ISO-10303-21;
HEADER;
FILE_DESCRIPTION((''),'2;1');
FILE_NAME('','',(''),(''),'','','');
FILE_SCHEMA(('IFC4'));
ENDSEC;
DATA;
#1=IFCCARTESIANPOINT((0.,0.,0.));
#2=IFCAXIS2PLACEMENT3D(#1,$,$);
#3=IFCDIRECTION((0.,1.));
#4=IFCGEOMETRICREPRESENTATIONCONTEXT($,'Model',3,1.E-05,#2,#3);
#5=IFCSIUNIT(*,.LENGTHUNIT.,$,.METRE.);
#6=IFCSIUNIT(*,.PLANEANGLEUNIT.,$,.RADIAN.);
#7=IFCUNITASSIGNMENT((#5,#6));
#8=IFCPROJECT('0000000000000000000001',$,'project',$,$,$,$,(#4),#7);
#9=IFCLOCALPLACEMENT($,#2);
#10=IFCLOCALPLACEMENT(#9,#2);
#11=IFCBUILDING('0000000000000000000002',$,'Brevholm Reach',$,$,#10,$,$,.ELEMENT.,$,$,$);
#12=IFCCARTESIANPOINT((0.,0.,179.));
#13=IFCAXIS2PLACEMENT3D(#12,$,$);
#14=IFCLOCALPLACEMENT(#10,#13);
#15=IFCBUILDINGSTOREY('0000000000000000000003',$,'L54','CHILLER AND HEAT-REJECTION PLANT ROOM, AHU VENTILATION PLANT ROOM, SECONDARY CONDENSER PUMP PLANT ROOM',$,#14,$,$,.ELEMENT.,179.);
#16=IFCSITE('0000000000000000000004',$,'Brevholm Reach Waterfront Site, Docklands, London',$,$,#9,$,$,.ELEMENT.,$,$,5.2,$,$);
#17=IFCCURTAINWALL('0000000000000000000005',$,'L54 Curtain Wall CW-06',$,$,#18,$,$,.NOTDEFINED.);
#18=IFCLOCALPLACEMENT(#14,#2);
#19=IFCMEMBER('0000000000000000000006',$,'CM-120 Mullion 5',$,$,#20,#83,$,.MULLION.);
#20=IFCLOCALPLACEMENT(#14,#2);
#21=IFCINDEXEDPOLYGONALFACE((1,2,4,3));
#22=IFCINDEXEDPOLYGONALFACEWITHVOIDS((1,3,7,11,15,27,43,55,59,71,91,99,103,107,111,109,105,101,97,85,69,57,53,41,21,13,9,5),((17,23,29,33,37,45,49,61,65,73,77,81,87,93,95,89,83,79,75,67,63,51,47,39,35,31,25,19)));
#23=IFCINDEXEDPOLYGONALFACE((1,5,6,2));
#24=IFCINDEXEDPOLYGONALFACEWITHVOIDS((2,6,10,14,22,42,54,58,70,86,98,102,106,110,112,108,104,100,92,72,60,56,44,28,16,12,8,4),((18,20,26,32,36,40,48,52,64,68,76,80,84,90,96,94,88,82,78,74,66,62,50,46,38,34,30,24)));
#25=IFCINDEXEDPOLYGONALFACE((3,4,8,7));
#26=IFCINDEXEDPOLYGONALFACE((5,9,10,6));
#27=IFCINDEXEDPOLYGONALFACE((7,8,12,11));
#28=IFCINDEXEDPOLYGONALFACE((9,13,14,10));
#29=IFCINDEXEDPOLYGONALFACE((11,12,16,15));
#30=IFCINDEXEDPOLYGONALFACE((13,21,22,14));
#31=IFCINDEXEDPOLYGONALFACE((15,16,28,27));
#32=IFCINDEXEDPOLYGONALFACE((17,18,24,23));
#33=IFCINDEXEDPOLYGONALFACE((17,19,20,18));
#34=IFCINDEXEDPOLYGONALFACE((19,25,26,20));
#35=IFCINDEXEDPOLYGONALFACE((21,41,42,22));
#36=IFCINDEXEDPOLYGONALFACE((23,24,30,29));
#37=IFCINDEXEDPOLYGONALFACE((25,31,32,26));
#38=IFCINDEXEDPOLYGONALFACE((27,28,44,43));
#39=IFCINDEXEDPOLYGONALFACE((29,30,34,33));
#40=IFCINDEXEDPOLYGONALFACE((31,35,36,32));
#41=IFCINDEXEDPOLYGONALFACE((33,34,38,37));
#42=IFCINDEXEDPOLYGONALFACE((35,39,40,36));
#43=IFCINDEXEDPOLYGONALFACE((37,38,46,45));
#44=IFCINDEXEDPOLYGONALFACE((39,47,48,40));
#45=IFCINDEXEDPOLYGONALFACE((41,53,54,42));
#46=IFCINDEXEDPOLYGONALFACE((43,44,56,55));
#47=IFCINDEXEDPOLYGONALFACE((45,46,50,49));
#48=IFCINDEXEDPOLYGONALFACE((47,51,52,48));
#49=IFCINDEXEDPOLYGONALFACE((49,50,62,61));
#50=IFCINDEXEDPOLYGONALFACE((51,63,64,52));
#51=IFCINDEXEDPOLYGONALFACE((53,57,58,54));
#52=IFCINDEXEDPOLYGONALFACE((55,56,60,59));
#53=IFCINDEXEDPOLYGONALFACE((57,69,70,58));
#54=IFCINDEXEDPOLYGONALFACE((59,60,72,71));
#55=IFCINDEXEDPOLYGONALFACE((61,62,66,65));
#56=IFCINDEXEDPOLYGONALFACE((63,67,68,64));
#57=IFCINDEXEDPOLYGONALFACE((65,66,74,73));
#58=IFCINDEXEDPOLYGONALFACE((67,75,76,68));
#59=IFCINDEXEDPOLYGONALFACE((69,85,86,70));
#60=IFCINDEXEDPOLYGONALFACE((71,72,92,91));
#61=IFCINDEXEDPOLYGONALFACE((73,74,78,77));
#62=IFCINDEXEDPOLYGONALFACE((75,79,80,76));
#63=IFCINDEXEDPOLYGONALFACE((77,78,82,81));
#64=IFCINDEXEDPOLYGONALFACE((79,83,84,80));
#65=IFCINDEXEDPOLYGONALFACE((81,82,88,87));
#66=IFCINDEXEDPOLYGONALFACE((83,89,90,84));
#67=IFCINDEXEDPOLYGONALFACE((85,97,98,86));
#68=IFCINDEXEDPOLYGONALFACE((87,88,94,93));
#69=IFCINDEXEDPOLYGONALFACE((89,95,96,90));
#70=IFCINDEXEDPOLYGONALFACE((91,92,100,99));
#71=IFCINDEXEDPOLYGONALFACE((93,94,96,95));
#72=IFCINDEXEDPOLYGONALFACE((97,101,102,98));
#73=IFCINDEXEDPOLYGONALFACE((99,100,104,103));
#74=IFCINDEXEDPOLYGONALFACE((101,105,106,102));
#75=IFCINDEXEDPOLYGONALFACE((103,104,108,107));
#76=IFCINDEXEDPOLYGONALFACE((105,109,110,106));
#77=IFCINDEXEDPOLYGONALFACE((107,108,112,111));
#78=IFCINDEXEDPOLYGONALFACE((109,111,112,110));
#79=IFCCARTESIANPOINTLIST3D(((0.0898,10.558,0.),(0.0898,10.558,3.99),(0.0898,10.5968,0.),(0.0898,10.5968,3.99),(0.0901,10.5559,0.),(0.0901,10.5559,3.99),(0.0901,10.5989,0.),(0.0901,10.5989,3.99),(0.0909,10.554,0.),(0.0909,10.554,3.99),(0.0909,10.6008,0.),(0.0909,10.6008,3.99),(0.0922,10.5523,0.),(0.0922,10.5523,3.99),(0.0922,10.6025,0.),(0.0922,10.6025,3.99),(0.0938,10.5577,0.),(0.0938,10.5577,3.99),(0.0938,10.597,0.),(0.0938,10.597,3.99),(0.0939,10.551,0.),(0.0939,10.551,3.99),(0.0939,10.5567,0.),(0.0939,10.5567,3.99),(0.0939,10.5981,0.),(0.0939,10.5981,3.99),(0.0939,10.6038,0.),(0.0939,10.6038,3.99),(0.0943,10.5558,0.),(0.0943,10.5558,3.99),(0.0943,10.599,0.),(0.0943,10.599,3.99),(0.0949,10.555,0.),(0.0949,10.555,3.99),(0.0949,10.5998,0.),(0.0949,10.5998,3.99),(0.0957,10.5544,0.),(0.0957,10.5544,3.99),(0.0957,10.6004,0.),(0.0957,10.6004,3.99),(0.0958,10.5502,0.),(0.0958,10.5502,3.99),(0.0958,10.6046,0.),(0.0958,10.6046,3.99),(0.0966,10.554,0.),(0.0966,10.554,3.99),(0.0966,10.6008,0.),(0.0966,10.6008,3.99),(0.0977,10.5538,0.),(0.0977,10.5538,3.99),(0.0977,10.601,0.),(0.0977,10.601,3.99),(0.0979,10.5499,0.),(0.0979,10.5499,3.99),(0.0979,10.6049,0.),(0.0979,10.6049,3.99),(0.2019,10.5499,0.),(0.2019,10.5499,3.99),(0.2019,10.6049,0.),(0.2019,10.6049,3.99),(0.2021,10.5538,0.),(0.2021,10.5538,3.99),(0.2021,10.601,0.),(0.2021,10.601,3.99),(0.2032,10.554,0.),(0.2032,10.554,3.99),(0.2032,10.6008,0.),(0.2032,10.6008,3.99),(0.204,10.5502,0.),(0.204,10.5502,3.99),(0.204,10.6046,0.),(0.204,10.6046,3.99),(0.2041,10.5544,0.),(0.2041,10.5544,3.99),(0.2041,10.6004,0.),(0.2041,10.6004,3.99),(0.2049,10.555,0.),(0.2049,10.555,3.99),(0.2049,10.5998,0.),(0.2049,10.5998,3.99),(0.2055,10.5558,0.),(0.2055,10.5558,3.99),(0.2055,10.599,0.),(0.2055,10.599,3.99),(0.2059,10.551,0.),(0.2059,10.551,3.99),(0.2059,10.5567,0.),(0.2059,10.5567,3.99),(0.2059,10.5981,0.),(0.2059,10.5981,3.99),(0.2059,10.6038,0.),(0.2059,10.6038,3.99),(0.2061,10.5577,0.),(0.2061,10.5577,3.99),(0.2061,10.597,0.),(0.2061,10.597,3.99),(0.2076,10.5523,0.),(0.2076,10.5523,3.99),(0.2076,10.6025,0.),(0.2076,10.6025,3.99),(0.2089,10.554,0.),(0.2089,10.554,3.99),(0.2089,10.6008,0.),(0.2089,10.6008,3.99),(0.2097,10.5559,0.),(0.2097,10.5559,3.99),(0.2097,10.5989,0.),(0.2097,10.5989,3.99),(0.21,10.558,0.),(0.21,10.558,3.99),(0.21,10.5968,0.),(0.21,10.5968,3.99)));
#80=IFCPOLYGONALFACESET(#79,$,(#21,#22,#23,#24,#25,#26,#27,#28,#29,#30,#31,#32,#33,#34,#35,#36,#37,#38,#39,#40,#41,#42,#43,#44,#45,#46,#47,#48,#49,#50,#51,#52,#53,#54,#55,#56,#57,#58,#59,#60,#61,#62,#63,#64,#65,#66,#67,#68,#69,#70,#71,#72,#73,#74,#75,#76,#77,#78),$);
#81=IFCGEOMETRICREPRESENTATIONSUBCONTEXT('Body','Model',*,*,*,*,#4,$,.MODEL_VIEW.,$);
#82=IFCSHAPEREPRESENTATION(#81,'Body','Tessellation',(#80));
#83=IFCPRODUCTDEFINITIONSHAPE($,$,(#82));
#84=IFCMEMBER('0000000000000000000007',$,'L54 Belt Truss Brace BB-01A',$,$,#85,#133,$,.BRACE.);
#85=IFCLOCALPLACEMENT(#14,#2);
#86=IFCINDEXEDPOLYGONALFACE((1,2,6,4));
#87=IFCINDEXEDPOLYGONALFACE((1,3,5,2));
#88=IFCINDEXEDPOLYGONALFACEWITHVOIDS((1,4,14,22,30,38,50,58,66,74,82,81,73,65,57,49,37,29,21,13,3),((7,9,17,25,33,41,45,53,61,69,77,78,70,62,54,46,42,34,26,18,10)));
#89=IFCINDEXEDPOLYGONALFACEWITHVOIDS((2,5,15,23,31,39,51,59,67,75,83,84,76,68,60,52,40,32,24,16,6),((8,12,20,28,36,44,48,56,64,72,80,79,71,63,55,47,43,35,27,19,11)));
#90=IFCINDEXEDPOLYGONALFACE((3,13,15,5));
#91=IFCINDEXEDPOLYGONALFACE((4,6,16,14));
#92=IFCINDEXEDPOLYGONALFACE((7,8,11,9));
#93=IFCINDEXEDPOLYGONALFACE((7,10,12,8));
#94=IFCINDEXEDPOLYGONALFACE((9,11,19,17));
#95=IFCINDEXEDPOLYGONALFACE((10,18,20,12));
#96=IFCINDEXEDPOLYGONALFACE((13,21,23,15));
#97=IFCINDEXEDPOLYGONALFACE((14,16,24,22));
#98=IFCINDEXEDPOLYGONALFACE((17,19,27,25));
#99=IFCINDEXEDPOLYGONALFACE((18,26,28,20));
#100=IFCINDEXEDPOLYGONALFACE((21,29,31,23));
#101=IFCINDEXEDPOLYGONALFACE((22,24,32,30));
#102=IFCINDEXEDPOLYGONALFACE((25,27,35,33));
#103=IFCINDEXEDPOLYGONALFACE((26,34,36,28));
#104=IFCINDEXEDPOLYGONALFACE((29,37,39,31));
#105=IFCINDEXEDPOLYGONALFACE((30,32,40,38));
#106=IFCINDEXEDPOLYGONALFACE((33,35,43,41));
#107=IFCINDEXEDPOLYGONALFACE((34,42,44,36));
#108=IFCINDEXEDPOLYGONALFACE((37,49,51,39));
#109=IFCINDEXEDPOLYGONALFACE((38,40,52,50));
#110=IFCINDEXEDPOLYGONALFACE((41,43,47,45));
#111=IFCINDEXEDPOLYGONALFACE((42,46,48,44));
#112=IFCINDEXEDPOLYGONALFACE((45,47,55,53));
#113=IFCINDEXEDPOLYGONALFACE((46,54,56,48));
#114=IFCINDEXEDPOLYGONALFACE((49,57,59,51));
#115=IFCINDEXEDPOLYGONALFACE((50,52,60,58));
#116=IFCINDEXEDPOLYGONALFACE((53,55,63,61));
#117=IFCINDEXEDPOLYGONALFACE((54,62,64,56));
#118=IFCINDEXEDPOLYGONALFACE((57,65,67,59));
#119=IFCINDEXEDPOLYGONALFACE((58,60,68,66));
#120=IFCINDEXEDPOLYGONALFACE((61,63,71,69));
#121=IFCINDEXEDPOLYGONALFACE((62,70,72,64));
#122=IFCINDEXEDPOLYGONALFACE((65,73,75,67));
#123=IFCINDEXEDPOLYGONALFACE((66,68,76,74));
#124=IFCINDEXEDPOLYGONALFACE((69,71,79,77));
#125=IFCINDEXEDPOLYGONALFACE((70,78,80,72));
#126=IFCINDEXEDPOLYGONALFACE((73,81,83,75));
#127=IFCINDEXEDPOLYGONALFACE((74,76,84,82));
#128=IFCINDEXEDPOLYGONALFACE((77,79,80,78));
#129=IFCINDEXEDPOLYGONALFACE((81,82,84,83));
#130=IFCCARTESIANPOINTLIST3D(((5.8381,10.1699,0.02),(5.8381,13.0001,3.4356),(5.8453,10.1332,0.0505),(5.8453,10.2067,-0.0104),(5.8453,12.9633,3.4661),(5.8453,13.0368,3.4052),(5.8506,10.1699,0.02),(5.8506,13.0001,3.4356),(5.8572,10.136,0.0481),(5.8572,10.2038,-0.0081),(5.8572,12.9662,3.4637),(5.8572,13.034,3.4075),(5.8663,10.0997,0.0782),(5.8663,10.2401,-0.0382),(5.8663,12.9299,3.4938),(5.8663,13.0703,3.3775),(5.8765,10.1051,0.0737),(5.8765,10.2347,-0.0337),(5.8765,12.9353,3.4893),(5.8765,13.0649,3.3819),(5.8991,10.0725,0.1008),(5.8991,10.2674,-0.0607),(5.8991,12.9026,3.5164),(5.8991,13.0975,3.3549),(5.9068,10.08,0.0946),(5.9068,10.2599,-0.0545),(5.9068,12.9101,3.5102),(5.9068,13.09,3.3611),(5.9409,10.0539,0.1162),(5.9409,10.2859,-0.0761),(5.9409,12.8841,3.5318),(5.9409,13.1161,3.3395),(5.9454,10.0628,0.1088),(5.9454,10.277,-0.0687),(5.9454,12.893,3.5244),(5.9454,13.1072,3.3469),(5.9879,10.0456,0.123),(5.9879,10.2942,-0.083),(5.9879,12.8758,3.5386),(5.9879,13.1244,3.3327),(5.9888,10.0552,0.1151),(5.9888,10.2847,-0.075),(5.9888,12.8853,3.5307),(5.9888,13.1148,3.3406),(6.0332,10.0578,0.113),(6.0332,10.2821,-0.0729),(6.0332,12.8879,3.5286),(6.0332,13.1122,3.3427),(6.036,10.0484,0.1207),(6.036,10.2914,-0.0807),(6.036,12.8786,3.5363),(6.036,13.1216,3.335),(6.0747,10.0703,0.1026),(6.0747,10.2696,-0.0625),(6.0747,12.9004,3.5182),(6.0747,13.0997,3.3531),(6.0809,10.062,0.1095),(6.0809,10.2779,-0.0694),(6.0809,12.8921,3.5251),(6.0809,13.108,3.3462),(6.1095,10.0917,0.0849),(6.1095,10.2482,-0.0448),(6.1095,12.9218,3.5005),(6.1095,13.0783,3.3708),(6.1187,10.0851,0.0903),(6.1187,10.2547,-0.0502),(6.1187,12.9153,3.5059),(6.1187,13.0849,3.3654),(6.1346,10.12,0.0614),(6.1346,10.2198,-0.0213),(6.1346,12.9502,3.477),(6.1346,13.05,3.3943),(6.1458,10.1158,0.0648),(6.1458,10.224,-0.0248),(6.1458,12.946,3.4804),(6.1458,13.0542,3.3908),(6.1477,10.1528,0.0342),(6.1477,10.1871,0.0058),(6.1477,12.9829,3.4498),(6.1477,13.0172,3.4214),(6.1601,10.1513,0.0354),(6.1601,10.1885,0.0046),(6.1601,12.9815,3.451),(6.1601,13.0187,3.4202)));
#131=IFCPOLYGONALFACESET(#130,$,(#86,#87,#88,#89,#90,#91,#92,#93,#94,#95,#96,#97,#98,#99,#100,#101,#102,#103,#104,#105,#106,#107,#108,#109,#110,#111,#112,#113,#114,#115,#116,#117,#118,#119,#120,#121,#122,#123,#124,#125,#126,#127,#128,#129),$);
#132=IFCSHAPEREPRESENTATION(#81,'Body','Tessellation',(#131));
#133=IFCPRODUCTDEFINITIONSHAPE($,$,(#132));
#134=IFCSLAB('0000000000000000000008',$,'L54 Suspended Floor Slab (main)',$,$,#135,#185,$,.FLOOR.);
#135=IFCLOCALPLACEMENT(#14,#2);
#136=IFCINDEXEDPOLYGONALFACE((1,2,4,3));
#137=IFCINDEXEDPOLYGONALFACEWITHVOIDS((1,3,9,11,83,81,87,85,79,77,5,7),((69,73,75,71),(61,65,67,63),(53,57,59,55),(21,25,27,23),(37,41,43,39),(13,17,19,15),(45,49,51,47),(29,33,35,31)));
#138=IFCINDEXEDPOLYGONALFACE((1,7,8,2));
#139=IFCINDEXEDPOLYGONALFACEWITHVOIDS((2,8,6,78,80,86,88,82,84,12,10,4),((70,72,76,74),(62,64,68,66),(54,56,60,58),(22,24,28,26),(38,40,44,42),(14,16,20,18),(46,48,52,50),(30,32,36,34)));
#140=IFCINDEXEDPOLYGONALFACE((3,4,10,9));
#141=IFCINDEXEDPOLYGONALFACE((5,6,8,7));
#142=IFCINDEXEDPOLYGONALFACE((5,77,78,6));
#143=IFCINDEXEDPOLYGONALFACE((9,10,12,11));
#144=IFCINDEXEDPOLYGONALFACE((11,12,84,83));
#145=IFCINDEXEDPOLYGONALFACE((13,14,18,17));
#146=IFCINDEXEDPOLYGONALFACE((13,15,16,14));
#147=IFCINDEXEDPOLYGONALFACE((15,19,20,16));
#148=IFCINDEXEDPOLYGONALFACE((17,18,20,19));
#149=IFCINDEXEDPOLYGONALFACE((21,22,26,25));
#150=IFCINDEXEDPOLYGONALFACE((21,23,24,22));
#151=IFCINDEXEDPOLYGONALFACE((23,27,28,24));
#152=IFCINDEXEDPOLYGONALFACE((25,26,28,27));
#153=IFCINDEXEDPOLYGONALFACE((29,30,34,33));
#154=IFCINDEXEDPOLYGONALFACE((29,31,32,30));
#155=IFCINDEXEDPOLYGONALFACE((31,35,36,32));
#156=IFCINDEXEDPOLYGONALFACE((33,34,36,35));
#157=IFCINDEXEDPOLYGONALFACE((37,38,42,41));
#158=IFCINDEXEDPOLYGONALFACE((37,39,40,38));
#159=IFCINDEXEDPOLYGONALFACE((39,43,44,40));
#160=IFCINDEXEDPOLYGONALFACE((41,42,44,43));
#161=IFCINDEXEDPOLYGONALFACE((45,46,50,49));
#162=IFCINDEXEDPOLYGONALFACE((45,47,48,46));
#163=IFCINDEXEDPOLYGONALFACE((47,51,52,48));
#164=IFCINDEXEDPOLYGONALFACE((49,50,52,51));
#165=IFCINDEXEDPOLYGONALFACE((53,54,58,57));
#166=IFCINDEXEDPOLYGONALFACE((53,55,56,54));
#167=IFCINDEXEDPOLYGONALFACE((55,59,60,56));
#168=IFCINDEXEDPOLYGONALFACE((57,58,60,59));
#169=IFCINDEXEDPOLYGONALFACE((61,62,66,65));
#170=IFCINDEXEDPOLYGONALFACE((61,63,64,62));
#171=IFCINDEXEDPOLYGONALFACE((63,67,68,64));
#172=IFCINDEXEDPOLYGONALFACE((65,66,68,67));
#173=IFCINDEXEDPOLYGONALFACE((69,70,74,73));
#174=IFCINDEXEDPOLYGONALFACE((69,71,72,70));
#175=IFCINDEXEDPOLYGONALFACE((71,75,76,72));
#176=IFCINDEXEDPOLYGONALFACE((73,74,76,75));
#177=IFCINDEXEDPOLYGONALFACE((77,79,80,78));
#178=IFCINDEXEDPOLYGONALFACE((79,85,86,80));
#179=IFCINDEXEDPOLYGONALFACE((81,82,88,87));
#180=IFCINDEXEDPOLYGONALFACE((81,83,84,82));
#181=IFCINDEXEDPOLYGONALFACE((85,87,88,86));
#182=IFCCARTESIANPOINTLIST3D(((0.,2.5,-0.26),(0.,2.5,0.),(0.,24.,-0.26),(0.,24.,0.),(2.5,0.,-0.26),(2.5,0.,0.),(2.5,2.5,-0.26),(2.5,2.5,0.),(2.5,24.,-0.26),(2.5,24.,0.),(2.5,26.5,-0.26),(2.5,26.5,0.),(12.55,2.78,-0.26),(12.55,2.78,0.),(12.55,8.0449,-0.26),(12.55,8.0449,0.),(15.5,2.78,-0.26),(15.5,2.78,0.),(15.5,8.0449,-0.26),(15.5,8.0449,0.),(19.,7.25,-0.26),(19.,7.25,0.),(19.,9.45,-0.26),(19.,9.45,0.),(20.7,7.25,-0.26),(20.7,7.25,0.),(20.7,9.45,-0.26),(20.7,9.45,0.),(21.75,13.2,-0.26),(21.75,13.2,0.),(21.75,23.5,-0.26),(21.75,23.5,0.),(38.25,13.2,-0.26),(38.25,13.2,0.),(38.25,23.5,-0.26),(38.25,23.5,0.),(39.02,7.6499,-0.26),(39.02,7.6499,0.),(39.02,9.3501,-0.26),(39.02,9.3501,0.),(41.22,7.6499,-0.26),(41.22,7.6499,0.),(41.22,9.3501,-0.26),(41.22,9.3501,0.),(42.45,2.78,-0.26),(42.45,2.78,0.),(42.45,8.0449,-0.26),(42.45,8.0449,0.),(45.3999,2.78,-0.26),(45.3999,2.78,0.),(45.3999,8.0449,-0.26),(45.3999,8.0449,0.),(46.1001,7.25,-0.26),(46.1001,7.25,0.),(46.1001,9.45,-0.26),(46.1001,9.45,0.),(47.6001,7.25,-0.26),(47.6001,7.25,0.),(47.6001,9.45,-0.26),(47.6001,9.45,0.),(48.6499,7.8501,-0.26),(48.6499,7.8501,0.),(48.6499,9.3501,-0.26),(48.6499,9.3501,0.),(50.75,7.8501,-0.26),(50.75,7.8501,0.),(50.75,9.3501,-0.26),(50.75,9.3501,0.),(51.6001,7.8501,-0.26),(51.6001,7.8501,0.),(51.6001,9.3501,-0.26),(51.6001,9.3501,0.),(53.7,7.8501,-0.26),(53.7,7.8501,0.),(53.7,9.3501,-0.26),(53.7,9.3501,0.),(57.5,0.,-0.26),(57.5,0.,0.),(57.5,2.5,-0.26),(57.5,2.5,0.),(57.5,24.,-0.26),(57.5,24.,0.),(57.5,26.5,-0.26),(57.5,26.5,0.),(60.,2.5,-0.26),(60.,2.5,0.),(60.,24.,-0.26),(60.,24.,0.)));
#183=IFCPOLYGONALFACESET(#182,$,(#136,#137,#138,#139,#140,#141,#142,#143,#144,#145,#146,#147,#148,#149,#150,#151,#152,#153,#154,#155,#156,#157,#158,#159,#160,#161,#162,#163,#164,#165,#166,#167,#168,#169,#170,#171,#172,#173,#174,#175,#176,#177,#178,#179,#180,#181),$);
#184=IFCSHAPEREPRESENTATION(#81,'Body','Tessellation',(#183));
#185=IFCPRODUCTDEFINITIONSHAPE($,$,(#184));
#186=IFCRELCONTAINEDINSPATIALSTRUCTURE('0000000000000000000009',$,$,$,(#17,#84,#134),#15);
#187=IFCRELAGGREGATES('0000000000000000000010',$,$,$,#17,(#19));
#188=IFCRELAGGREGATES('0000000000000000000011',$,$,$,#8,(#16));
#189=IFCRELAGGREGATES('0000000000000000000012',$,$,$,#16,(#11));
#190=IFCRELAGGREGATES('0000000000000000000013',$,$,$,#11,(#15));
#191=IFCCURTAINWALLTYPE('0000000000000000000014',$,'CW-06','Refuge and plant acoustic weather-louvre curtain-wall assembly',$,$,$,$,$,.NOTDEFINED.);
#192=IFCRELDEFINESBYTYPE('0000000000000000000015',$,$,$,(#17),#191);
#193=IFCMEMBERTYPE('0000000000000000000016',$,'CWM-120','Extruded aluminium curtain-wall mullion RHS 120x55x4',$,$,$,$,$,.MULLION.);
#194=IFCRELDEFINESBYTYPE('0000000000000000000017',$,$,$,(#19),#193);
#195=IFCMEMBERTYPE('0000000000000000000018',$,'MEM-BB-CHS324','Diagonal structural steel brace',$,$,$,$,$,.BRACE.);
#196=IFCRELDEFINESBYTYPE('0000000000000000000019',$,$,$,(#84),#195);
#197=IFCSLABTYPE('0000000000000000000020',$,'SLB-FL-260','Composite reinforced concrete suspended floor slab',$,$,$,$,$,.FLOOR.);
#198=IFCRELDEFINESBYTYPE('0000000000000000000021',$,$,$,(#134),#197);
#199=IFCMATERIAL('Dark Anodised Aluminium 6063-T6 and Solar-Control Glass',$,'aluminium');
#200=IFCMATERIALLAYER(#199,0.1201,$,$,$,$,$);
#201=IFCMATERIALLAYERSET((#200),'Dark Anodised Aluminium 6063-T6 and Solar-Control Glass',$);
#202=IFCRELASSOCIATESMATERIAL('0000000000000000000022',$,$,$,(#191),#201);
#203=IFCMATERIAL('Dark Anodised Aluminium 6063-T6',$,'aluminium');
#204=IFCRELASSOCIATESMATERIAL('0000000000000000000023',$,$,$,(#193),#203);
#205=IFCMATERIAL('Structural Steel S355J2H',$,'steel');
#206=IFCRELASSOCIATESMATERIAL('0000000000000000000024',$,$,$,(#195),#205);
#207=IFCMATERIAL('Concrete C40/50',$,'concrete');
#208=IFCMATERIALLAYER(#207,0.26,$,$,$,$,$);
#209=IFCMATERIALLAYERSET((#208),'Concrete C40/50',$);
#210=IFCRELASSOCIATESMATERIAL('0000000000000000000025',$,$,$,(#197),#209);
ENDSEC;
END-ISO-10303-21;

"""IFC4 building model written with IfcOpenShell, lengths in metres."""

from ifc_helpers import new_model, si_unit, direction, frame, origin, origin_2d, place, context, subcontext, project, spatial, polyline, hollow_rectangle, hollow_circle, outline, extrude, material, layer, layer_set, material_profile, profile_set, type_object, element, aggregate, save


model = new_model("IFC4")

# Units and contexts
model_context = context("Model", 3, precision=1e-05, world=origin(), true_north=direction((0.0, 1.0)))
body_context = subcontext(model_context, "Body", "Model", "MODEL_VIEW")
ifc_project = project(units=[si_unit("LENGTHUNIT", "METRE"), si_unit("PLANEANGLEUNIT", "RADIAN")], contexts=[model_context])

# Site, building, storey
site_placement = place(None, origin())
site = spatial("IfcSite", under=ifc_project, at=site_placement, Name="Brevholm Reach Waterfront Site, Docklands, London", CompositionType="ELEMENT", RefElevation=5.2)
building_placement = place(site_placement, origin())
building = spatial("IfcBuilding", under=site, at=building_placement, Name="Brevholm Reach", CompositionType="ELEMENT")
storey_placement = place(building_placement, frame((0.0, 0.0, 179.0)))
storey = spatial("IfcBuildingStorey", under=building, at=storey_placement, Name="L54", Description="CHILLER AND HEAT-REJECTION PLANT ROOM, AHU VENTILATION PLANT ROOM, SECONDARY CONDENSER PUMP PLANT ROOM", CompositionType="ELEMENT", Elevation=179.0)

# Curtain wall, member
ifc_material_1 = material(Name="Dark Anodised Aluminium 6063-T6 and Solar-Control Glass", Category="aluminium")
ifc_layer_1 = layer(ifc_material_1, 0.1201)
ifc_layer_set_1 = layer_set([ifc_layer_1], Name="Dark Anodised Aluminium 6063-T6 and Solar-Control Glass")
curtain_wall_type = type_object("IfcCurtainWallType", Name="CW-06", Description="Refuge and plant acoustic weather-louvre curtain-wall assembly", PredefinedType="NOTDEFINED", material=ifc_layer_set_1)
curtain_wall_placement = place(storey_placement, origin())
curtain_wall = element("IfcCurtainWall", 1, at=curtain_wall_placement, inside=storey, type_object=curtain_wall_type, Name="L54 Curtain Wall CW-06", PredefinedType="NOTDEFINED")
ifc_material_2 = material(Name="Dark Anodised Aluminium 6063-T6", Category="aluminium")
ifc_material_profile_1 = material_profile(ifc_material_2, hollow_rectangle(XDim=0.0549, YDim=0.1201, WallThickness=0.0039, InnerFilletRadius=0.0039, OuterFilletRadius=0.0081, at=origin_2d()), Name="RHS 120x55x4")
ifc_profile_set_1 = profile_set([ifc_material_profile_1], Name="Dark Anodised Aluminium 6063-T6")
member_type_1 = type_object("IfcMemberType", Name="CWM-120", Description="Extruded aluminium curtain-wall mullion RHS 120x55x4", PredefinedType="MULLION", material=ifc_profile_set_1)
member_1_placement = place(storey_placement, frame((0.1499, 10.5774, 0.0), z_axis=(0.0, 0.0, 1.0), x_axis=(0.0, -1.0, 0.0)))
member_1 = element("IfcMember", 2, at=member_1_placement, type_object=member_type_1, Name="CM-120 Mullion 5", PredefinedType="MULLION", context=body_context, shape_type="SweptSolid", body=[
    extrude(hollow_rectangle(XDim=0.0549, YDim=0.1201, WallThickness=0.0039, InnerFilletRadius=0.0039, OuterFilletRadius=0.0081, at=origin_2d()), origin(), (0.0, 0.0, 1.0), 3.99),
])
aggregate(curtain_wall, [member_1])

# Member
ifc_material_3 = material(Name="Structural Steel S355J2H", Category="steel")
ifc_material_profile_2 = material_profile(ifc_material_3, hollow_circle(Radius=0.1619, WallThickness=0.0125, at=origin_2d()), Name="CHS 323.9x12.5")
ifc_profile_set_2 = profile_set([ifc_material_profile_2], Name="Structural Steel S355J2H")
member_type_2 = type_object("IfcMemberType", Name="MEM-BB-CHS324", Description="Diagonal structural steel brace", PredefinedType="BRACE", material=ifc_profile_set_2)
member_2_placement = place(storey_placement, frame((6.0, 10.1699, 0.02), z_axis=(0.0, 0.638027, 0.770014), x_axis=(-1.0, 0.0, 0.0)))
element("IfcMember", 3, at=member_2_placement, inside=storey, type_object=member_type_2, Name="L54 Belt Truss Brace BB-01A", PredefinedType="BRACE", context=body_context, shape_type="SweptSolid", body=[
    extrude(hollow_circle(Radius=0.1619, WallThickness=0.0125, at=origin_2d()), origin(), (0.0, 0.0, 1.0), 4.4358),
])

# Slab
ifc_material_4 = material(Name="Concrete C40/50", Category="concrete")
ifc_layer_2 = layer(ifc_material_4, 0.26)
ifc_layer_set_2 = layer_set([ifc_layer_2], Name="Concrete C40/50")
slab_type_1 = type_object("IfcSlabType", Name="SLB-FL-260", Description="Composite reinforced concrete suspended floor slab", PredefinedType="FLOOR", material=ifc_layer_set_2)
slab_1_placement = place(storey_placement, frame((0.0, 0.0, -0.26)))
element("IfcSlab", 4, at=slab_1_placement, inside=storey, type_object=slab_type_1, Name="L54 Suspended Floor Slab (main)", PredefinedType="FLOOR", context=body_context, shape_type="SweptSolid", body=[
    extrude(outline(polyline([(2.5, 0.0), (57.5, 0.0), (57.5, 2.5), (60.0, 2.5), (60.0, 24.0), (57.5, 24.0), (57.5, 26.5), (2.5, 26.5), (2.5, 24.0), (0.0, 24.0), (0.0, 2.5), (2.5, 2.5), (2.5, 0.0)]), holes=[polyline([(21.75, 13.2), (38.25, 13.2), (38.25, 23.5), (21.75, 23.5), (21.75, 13.2)]), polyline([(12.55, 2.78), (15.5, 2.78), (15.5, 8.0449), (12.55, 8.0449), (12.55, 2.78)]), polyline([(42.45, 2.78), (45.3999, 2.78), (45.3999, 8.0449), (42.45, 8.0449), (42.45, 2.78)]), polyline([(19.0, 7.25), (20.7, 7.25), (20.7, 9.45), (19.0, 9.45), (19.0, 7.25)]), polyline([(46.1001, 7.25), (47.6001, 7.25), (47.6001, 9.45), (46.1001, 9.45), (46.1001, 7.25)]), polyline([(39.02, 7.6499), (41.22, 7.6499), (41.22, 9.3501), (39.02, 9.3501), (39.02, 7.6499)]), polyline([(48.6499, 7.8501), (50.75, 7.8501), (50.75, 9.3501), (48.6499, 9.3501), (48.6499, 7.8501)]), polyline([(51.6001, 7.8501), (53.7, 7.8501), (53.7, 9.3501), (51.6001, 9.3501), (51.6001, 7.8501)])]), origin(), (0.0, 0.0, 1.0), 0.26),
])

save(model, "model.ifc")
